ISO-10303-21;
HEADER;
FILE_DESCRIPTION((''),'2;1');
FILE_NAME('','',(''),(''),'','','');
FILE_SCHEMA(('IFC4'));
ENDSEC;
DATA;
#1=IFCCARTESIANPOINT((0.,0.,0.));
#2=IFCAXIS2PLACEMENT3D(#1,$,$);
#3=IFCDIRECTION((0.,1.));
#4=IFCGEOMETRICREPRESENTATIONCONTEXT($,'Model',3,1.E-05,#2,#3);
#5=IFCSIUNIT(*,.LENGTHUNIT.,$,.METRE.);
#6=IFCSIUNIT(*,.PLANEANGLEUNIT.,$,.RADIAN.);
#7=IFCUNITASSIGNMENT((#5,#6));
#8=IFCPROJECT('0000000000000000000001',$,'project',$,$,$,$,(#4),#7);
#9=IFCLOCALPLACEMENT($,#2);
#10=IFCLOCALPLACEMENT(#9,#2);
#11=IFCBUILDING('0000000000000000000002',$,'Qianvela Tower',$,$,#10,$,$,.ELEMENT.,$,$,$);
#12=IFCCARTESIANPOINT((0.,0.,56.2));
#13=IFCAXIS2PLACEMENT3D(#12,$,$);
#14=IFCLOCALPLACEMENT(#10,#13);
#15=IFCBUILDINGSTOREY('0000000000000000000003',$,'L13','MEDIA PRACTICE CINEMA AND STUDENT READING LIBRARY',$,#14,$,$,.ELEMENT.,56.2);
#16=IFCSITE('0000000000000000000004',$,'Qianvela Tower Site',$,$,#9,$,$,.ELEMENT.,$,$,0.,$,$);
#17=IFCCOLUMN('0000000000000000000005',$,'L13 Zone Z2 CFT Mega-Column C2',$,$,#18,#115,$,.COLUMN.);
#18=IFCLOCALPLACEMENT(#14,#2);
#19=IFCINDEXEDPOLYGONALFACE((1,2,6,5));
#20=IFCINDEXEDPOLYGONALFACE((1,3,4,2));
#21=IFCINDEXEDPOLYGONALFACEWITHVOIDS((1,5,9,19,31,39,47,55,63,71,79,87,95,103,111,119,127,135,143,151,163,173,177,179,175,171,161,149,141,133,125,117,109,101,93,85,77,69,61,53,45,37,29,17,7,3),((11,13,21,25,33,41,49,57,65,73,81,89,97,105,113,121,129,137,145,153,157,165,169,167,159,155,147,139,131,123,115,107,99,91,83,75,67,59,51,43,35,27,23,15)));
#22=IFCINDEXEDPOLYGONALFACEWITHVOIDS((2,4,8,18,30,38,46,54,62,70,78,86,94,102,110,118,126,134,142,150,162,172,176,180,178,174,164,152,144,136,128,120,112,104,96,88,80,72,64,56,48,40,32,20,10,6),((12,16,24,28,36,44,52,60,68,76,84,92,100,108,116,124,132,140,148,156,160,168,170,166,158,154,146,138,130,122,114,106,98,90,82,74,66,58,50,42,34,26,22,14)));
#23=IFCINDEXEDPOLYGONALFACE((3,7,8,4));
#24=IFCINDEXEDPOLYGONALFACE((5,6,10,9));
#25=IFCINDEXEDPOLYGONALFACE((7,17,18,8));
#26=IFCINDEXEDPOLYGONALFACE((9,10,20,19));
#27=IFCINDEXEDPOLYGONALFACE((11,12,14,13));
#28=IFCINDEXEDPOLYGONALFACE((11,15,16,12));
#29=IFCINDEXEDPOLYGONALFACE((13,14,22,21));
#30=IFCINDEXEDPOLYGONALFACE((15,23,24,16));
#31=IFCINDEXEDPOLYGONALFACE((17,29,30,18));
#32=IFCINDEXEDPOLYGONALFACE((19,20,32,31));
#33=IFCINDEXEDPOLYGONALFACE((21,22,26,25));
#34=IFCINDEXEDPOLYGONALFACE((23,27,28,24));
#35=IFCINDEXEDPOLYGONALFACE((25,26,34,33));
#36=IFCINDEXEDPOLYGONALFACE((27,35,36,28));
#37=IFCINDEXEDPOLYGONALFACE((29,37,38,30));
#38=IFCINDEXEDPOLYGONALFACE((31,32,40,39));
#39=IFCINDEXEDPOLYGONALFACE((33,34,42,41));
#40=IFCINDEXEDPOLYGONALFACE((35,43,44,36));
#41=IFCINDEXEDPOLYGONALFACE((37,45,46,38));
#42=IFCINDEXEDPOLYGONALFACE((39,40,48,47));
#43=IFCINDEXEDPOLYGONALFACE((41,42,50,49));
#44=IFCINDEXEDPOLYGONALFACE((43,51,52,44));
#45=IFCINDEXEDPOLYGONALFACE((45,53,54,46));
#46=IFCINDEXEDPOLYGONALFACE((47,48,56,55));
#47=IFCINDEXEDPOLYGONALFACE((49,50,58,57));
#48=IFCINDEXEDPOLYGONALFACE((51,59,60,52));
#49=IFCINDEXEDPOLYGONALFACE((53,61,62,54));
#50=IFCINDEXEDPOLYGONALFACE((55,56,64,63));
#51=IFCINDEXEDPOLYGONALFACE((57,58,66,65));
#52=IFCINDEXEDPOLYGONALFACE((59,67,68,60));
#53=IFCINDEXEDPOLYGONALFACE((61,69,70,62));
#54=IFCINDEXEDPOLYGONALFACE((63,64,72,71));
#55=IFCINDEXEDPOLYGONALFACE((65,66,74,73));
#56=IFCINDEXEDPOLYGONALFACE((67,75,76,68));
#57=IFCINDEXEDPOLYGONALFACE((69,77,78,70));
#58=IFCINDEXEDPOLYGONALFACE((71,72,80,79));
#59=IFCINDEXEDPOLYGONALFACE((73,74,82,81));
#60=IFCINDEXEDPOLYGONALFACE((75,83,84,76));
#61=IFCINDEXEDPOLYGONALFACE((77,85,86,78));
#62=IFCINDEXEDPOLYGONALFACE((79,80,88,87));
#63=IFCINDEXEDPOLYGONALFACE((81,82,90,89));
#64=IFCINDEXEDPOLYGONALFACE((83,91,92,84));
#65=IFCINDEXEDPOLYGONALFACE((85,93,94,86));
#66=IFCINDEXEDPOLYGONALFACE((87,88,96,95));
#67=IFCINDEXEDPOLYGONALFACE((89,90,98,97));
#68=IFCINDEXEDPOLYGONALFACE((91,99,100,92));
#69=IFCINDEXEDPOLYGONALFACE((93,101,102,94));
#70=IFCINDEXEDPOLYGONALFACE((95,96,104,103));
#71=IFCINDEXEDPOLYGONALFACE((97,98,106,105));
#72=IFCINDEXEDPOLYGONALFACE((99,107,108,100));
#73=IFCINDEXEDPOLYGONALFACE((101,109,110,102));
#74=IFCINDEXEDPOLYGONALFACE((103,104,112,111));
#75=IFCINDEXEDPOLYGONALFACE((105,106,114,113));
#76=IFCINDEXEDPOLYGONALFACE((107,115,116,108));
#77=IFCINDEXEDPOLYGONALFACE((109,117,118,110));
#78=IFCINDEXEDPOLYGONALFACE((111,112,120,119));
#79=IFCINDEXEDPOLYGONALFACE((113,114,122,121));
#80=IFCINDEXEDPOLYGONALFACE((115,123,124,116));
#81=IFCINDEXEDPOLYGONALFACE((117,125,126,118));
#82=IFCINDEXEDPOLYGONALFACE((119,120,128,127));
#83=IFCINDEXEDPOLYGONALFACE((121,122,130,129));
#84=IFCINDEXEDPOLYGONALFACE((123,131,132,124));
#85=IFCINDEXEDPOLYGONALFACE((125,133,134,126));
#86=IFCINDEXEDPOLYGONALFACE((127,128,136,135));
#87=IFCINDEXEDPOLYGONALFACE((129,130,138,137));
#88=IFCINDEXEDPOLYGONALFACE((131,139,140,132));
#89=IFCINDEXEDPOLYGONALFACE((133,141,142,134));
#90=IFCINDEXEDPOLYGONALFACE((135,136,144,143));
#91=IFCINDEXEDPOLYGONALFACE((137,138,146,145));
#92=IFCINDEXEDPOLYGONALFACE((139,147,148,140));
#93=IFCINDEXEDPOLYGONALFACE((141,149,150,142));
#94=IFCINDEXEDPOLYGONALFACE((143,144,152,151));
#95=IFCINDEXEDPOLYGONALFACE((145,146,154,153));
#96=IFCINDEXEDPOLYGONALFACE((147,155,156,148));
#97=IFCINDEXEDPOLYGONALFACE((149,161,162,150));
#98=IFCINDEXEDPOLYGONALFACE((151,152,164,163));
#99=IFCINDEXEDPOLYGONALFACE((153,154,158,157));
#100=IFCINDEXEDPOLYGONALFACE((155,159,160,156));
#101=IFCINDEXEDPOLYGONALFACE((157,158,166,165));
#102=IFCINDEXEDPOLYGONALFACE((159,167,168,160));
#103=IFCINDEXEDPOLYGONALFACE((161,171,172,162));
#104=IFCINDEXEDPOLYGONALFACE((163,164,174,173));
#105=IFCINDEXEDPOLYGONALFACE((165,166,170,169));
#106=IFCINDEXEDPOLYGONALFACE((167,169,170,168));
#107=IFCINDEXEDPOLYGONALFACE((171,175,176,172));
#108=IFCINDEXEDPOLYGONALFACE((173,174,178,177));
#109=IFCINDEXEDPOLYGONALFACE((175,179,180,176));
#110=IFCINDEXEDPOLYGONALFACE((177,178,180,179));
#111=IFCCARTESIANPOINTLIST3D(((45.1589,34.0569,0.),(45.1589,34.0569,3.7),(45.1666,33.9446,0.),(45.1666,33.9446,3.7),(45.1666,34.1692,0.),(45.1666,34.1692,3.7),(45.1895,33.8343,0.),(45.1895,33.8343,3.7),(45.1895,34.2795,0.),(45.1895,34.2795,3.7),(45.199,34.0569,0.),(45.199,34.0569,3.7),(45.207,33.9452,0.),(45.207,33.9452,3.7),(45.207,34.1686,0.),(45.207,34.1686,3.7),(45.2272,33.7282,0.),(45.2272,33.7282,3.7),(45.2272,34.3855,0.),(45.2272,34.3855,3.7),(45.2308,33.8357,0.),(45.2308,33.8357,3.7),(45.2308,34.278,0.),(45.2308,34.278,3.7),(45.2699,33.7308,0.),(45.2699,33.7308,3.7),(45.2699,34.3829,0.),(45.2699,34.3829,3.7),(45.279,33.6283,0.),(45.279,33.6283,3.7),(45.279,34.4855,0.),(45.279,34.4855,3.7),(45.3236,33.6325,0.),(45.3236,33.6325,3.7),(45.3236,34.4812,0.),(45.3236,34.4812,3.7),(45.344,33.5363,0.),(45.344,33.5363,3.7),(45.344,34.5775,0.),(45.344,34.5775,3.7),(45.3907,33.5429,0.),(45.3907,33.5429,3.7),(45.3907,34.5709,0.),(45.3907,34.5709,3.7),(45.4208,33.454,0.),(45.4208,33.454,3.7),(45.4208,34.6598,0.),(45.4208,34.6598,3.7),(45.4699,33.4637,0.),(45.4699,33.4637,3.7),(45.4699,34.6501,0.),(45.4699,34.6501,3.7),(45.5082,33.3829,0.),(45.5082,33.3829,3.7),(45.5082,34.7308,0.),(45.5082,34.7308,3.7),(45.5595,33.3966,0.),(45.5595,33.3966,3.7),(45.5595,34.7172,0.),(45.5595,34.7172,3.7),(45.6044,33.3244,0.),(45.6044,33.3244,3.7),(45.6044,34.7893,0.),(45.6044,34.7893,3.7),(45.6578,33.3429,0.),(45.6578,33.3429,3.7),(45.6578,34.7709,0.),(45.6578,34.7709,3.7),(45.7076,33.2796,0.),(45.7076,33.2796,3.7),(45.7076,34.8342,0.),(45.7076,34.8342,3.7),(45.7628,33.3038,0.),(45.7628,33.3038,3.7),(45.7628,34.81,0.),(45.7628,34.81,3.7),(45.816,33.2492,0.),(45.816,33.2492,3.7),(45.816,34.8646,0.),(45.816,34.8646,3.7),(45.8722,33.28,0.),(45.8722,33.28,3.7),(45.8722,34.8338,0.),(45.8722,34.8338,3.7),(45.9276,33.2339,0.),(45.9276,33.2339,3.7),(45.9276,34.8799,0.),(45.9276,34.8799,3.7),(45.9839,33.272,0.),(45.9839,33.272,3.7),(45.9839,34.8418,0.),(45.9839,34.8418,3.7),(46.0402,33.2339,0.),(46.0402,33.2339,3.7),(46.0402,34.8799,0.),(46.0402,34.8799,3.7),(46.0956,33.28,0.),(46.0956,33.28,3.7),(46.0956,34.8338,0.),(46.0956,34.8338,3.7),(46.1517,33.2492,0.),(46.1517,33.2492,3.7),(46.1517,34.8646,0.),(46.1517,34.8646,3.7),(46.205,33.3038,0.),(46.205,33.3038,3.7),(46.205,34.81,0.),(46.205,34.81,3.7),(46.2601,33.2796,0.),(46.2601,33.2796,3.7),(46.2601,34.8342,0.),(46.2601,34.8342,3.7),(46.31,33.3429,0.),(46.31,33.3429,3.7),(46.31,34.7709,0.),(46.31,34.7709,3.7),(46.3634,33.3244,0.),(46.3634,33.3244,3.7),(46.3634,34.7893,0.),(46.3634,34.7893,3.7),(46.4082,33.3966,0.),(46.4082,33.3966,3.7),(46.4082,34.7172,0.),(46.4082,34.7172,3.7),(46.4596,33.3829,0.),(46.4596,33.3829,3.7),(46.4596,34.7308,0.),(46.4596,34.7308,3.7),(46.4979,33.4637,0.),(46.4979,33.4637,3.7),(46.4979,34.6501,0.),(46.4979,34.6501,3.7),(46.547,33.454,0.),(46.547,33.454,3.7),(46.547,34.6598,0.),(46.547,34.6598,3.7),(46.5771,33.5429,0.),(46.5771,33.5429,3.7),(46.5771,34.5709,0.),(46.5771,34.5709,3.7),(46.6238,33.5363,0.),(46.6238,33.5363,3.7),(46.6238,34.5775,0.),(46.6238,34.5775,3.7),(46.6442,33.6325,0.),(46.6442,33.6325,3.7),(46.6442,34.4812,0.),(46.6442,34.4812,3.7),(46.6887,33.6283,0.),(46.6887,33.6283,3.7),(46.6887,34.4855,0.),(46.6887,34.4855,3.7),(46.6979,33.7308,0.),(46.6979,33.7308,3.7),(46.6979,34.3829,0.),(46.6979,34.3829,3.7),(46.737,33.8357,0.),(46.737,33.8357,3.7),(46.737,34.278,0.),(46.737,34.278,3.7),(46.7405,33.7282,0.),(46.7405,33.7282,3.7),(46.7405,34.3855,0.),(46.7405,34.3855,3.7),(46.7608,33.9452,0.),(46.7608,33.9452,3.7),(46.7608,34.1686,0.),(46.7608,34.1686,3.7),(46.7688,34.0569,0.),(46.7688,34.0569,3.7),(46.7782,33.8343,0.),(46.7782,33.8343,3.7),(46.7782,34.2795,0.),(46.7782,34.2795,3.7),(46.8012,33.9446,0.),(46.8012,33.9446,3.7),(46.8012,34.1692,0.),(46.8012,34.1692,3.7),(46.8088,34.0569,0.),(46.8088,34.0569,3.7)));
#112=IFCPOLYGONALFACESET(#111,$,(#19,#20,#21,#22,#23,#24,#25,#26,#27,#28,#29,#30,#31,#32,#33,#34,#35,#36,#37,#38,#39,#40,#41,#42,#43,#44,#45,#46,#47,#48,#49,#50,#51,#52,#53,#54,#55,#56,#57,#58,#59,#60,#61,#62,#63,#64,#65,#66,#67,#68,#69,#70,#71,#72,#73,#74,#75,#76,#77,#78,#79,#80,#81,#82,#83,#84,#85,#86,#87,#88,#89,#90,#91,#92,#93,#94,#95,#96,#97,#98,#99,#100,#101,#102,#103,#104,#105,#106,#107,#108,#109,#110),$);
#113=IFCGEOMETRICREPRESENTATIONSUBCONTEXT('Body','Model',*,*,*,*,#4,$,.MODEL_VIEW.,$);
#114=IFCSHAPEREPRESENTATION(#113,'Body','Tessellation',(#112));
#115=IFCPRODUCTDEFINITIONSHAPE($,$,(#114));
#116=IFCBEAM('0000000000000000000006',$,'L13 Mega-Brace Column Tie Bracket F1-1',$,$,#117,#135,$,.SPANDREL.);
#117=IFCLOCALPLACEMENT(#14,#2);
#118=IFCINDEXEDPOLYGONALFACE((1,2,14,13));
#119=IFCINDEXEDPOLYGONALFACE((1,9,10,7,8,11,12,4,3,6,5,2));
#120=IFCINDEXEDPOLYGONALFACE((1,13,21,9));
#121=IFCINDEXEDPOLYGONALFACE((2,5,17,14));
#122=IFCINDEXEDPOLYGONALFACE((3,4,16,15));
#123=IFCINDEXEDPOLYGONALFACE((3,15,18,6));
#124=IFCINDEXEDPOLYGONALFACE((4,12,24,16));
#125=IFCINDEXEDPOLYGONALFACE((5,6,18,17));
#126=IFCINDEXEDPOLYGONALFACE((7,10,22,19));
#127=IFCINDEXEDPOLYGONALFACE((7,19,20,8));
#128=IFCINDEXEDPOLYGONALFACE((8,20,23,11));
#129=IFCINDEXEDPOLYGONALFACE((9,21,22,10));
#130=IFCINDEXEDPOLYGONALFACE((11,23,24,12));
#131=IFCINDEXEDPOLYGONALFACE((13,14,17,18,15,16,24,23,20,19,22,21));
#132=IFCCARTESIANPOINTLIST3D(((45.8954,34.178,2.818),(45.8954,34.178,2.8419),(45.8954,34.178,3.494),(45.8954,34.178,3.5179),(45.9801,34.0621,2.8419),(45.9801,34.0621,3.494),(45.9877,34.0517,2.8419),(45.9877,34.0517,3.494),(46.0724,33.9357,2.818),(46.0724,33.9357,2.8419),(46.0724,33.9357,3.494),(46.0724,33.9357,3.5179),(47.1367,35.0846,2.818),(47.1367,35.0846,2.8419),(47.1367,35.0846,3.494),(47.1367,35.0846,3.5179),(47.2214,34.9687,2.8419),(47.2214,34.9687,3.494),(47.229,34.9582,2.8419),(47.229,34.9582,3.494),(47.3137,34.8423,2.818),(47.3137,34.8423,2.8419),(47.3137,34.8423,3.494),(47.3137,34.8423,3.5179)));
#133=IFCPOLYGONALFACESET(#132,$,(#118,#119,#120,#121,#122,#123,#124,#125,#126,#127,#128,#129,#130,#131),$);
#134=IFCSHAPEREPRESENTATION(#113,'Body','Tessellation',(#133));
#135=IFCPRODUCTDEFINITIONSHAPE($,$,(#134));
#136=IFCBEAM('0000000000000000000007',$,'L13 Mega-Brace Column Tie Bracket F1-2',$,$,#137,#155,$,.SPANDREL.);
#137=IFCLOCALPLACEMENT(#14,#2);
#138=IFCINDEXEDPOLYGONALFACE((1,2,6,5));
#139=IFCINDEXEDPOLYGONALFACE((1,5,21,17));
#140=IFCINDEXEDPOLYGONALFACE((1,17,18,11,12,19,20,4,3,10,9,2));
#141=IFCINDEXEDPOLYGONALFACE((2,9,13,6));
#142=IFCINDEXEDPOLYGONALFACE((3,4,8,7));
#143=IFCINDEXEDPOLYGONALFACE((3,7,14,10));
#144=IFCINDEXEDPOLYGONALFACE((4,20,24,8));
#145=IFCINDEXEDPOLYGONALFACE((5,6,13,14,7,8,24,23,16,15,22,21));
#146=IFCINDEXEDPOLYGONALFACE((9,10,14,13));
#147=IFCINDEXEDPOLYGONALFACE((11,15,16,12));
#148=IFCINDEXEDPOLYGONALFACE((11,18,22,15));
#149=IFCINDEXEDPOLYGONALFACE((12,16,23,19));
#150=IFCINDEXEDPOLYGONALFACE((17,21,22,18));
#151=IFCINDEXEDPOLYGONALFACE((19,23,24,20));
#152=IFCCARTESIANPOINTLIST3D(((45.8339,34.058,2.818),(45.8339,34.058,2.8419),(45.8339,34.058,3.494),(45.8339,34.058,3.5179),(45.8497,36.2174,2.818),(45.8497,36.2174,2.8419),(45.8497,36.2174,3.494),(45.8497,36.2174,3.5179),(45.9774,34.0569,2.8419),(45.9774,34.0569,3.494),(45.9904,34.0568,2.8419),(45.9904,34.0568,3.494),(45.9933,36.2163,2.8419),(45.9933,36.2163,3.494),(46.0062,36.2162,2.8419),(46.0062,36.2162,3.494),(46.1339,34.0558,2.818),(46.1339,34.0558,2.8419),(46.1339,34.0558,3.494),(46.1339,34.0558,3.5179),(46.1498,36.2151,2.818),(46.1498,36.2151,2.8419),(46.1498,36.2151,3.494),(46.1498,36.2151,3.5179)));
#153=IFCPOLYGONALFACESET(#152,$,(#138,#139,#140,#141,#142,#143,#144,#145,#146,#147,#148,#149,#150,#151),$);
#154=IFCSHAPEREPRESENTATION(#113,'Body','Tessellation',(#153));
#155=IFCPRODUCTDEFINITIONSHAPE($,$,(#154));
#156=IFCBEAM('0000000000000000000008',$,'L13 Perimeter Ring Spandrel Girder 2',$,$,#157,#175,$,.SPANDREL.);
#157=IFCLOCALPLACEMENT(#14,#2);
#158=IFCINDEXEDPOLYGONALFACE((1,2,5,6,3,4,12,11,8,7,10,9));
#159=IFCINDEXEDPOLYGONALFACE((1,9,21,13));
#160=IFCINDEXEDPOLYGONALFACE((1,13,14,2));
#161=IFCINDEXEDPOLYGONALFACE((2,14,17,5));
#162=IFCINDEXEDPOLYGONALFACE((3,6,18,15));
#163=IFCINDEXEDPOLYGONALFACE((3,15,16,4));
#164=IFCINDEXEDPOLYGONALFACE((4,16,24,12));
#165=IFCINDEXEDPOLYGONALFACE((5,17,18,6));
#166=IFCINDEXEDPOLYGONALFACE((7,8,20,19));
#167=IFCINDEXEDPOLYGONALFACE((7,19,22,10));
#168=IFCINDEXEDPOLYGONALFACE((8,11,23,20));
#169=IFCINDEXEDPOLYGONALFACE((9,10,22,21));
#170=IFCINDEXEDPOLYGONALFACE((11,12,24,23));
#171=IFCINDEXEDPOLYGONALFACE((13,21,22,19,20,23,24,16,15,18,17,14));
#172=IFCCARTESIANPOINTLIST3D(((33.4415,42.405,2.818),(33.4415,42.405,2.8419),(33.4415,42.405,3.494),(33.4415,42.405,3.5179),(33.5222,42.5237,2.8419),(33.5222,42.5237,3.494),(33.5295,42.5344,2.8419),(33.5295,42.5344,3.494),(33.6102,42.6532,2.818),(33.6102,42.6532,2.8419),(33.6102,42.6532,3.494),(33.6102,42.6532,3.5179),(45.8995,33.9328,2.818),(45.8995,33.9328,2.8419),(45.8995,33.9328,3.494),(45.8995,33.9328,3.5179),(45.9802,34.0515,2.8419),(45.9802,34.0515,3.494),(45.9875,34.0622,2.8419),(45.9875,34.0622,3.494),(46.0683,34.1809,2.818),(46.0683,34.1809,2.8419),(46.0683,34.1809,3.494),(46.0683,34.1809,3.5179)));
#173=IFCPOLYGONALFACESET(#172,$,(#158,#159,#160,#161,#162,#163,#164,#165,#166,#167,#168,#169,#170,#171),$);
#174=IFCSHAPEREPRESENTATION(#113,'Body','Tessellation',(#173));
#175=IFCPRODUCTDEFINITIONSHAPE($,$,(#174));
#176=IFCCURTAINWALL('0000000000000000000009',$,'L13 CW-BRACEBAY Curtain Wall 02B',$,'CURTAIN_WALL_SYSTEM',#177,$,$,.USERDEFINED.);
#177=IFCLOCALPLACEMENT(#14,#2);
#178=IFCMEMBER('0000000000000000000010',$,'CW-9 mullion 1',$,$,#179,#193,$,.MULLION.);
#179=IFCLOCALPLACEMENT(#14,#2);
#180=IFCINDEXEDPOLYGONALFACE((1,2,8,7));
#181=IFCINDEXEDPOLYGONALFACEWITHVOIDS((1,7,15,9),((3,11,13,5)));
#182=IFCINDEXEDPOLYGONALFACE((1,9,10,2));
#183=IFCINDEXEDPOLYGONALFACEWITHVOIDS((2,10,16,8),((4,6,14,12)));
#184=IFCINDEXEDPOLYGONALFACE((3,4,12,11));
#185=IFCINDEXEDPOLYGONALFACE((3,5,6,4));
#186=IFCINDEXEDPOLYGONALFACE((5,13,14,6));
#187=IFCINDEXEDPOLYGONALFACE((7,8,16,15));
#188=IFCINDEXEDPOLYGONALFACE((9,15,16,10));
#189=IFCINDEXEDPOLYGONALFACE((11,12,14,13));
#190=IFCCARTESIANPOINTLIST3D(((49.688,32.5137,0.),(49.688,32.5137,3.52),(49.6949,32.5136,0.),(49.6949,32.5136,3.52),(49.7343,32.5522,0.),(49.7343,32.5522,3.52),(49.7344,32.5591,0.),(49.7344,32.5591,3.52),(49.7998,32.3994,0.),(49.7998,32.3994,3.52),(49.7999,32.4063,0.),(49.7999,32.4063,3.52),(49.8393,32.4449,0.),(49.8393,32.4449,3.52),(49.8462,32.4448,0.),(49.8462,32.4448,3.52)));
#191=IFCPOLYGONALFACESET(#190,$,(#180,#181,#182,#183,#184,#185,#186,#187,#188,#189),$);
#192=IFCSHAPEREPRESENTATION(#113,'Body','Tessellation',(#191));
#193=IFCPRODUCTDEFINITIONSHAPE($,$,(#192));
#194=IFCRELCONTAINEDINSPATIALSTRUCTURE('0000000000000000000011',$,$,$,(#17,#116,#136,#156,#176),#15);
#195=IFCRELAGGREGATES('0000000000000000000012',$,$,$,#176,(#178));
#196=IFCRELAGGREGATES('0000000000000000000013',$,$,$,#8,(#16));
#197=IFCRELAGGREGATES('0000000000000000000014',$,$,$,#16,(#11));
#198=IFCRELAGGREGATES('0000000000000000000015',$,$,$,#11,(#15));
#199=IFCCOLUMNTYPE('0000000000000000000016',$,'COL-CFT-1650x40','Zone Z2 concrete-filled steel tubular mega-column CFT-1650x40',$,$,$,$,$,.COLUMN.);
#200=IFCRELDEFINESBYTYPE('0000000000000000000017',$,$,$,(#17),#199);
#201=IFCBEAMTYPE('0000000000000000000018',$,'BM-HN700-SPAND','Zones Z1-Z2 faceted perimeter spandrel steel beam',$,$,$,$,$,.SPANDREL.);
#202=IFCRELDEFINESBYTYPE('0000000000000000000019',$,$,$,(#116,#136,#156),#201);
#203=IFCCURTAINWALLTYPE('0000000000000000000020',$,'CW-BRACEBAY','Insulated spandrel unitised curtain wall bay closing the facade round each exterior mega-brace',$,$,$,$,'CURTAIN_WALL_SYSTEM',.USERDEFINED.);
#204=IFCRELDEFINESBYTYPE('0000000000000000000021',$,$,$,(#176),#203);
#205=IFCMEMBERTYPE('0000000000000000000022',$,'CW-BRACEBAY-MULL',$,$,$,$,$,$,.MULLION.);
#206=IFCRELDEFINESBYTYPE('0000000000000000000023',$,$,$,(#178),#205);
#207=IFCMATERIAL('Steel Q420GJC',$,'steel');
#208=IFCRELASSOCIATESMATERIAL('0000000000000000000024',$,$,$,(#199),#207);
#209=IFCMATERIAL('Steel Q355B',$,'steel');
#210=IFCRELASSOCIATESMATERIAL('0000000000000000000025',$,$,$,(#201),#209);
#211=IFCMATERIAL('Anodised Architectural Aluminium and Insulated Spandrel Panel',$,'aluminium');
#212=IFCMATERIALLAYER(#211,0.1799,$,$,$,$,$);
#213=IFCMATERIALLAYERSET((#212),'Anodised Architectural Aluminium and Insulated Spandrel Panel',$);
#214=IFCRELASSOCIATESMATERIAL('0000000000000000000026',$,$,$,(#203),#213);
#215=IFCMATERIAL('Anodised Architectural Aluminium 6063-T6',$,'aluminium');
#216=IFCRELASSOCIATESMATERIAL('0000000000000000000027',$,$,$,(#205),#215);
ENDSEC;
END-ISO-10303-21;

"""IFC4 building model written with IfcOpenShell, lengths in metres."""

from ifc_helpers import new_model, si_unit, direction, frame, origin, origin_2d, place, context, subcontext, project, spatial, hollow_rectangle, hollow_circle, i_section, extrude, material, layer, layer_set, material_profile, profile_set, type_object, element, aggregate, save


model = new_model("IFC4")

# Units and contexts
model_context = context("Model", 3, precision=1e-05, world=origin(), true_north=direction((0.0, 1.0)))
body_context = subcontext(model_context, "Body", "Model", "MODEL_VIEW")
ifc_project = project(units=[si_unit("LENGTHUNIT", "METRE"), si_unit("PLANEANGLEUNIT", "RADIAN")], contexts=[model_context])

# Site, building, storey
site_placement = place(None, origin())
site = spatial("IfcSite", under=ifc_project, at=site_placement, Name="Qianvela Tower Site", CompositionType="ELEMENT", RefElevation=0.0)
building_placement = place(site_placement, origin())
building = spatial("IfcBuilding", under=site, at=building_placement, Name="Qianvela Tower", CompositionType="ELEMENT")
storey_placement = place(building_placement, frame((0.0, 0.0, 56.2)))
storey = spatial("IfcBuildingStorey", under=building, at=storey_placement, Name="L13", Description="MEDIA PRACTICE CINEMA AND STUDENT READING LIBRARY", CompositionType="ELEMENT", Elevation=56.2)

# Column
ifc_material_1 = material(Name="Steel Q420GJC", Category="steel")
ifc_material_profile_1 = material_profile(ifc_material_1, hollow_circle(Radius=0.825, WallThickness=0.04, at=origin_2d()), Name="CFT-1650x40")
ifc_profile_set_1 = profile_set([ifc_material_profile_1], Name="Steel Q420GJC")
column_type = type_object("IfcColumnType", Name="COL-CFT-1650x40", Description="Zone Z2 concrete-filled steel tubular mega-column CFT-1650x40", PredefinedType="COLUMN", material=ifc_profile_set_1)
column_placement = place(storey_placement, frame((45.9839, 34.0569, 0.0), z_axis=(0.0, 0.0, 1.0), x_axis=(1.0, 0.0, 0.0)))
element("IfcColumn", 1, at=column_placement, inside=storey, type_object=column_type, Name="L13 Zone Z2 CFT Mega-Column C2", PredefinedType="COLUMN", context=body_context, shape_type="SweptSolid", body=[
    extrude(hollow_circle(Radius=0.825, WallThickness=0.04, at=origin_2d()), origin(), (0.0, 0.0, 1.0), 3.7),
])

# Beams
ifc_material_2 = material(Name="Steel Q355B", Category="steel")
ifc_material_profile_2 = material_profile(ifc_material_2, i_section(OverallWidth=0.3, OverallDepth=0.7, WebThickness=0.0129, FlangeThickness=0.0239, at=origin_2d()), Name="HN700x300x13x24")
ifc_profile_set_2 = profile_set([ifc_material_profile_2], Name="Steel Q355B")
beam_type = type_object("IfcBeamType", Name="BM-HN700-SPAND", Description="Zones Z1-Z2 faceted perimeter spandrel steel beam", PredefinedType="SPANDREL", material=ifc_profile_set_2)
beam_1_placement = place(storey_placement, frame((45.9839, 34.0569, 3.168), z_axis=(0.80756, 0.589786, 0.0), x_axis=(-0.589786, 0.80756, 0.0)))
element("IfcBeam", 2, at=beam_1_placement, inside=storey, type_object=beam_type, Name="L13 Mega-Brace Column Tie Bracket F1-1", PredefinedType="SPANDREL", context=body_context, shape_type="SweptSolid", body=[
    extrude(i_section(OverallWidth=0.3, OverallDepth=0.7, WebThickness=0.0129, FlangeThickness=0.0239, at=origin_2d()), origin(), (0.0, 0.0, 1.0), 1.5371),
])
beam_2_placement = place(storey_placement, frame((45.9839, 34.0569, 3.168), z_axis=(0.007349, 0.999973, 0.0), x_axis=(-0.999973, 0.007349, 0.0)))
element("IfcBeam", 3, at=beam_2_placement, inside=storey, type_object=beam_type, Name="L13 Mega-Brace Column Tie Bracket F1-2", PredefinedType="SPANDREL", context=body_context, shape_type="SweptSolid", body=[
    extrude(i_section(OverallWidth=0.3, OverallDepth=0.7, WebThickness=0.0129, FlangeThickness=0.0239, at=origin_2d()), origin(), (0.0, 0.0, 1.0), 2.1594),
])
beam_3_placement = place(storey_placement, frame((45.9839, 34.0569, 3.168), z_axis=(-0.826904, 0.562343, 0.0), x_axis=(-0.562343, -0.826904, 0.0)))
element("IfcBeam", 4, at=beam_3_placement, inside=storey, type_object=beam_type, Name="L13 Perimeter Ring Spandrel Girder 2", PredefinedType="SPANDREL", context=body_context, shape_type="SweptSolid", body=[
    extrude(i_section(OverallWidth=0.3, OverallDepth=0.7, WebThickness=0.0129, FlangeThickness=0.0239, at=origin_2d()), origin(), (0.0, 0.0, 1.0), 15.0659),
])

# Curtain wall, member
ifc_material_3 = material(Name="Anodised Architectural Aluminium and Insulated Spandrel Panel", Category="aluminium")
ifc_layer_1 = layer(ifc_material_3, 0.1799)
ifc_layer_set_1 = layer_set([ifc_layer_1], Name="Anodised Architectural Aluminium and Insulated Spandrel Panel")
curtain_wall_type_1 = type_object("IfcCurtainWallType", Name="CW-BRACEBAY", Description="Insulated spandrel unitised curtain wall bay closing the facade round each exterior mega-brace", ElementType="CURTAIN_WALL_SYSTEM", PredefinedType="USERDEFINED", material=ifc_layer_set_1)
curtain_wall_1_placement = place(storey_placement, origin())
curtain_wall_1 = element("IfcCurtainWall", 5, at=curtain_wall_1_placement, inside=storey, type_object=curtain_wall_type_1, Name="L13 CW-BRACEBAY Curtain Wall 02B", ObjectType="CURTAIN_WALL_SYSTEM", PredefinedType="USERDEFINED")
ifc_material_4 = material(Name="Anodised Architectural Aluminium 6063-T6", Category="aluminium")
ifc_material_profile_3 = material_profile(ifc_material_4, hollow_rectangle(XDim=0.0649, YDim=0.1599, WallThickness=0.0049, at=origin_2d()), Name="ALU-MULL-65x160")
ifc_profile_set_3 = profile_set([ifc_material_profile_3], Name="Anodised Architectural Aluminium 6063-T6")
member_type_1 = type_object("IfcMemberType", Name="CW-BRACEBAY-MULL", PredefinedType="MULLION", material=ifc_profile_set_3)
member_1_placement = place(storey_placement, frame((49.7671, 32.4792, 0.0), z_axis=(0.0, 0.0, 1.0), x_axis=(-0.714881, -0.699246, 0.0)))
member_1 = element("IfcMember", 6, at=member_1_placement, type_object=member_type_1, Name="CW-9 mullion 1", PredefinedType="MULLION", context=body_context, shape_type="SweptSolid", body=[
    extrude(hollow_rectangle(XDim=0.0649, YDim=0.1599, WallThickness=0.0049, at=origin_2d()), origin(), (0.0, 0.0, 1.0), 3.52),
])

aggregate(curtain_wall_1, [member_1])

save(model, "model.ifc")
